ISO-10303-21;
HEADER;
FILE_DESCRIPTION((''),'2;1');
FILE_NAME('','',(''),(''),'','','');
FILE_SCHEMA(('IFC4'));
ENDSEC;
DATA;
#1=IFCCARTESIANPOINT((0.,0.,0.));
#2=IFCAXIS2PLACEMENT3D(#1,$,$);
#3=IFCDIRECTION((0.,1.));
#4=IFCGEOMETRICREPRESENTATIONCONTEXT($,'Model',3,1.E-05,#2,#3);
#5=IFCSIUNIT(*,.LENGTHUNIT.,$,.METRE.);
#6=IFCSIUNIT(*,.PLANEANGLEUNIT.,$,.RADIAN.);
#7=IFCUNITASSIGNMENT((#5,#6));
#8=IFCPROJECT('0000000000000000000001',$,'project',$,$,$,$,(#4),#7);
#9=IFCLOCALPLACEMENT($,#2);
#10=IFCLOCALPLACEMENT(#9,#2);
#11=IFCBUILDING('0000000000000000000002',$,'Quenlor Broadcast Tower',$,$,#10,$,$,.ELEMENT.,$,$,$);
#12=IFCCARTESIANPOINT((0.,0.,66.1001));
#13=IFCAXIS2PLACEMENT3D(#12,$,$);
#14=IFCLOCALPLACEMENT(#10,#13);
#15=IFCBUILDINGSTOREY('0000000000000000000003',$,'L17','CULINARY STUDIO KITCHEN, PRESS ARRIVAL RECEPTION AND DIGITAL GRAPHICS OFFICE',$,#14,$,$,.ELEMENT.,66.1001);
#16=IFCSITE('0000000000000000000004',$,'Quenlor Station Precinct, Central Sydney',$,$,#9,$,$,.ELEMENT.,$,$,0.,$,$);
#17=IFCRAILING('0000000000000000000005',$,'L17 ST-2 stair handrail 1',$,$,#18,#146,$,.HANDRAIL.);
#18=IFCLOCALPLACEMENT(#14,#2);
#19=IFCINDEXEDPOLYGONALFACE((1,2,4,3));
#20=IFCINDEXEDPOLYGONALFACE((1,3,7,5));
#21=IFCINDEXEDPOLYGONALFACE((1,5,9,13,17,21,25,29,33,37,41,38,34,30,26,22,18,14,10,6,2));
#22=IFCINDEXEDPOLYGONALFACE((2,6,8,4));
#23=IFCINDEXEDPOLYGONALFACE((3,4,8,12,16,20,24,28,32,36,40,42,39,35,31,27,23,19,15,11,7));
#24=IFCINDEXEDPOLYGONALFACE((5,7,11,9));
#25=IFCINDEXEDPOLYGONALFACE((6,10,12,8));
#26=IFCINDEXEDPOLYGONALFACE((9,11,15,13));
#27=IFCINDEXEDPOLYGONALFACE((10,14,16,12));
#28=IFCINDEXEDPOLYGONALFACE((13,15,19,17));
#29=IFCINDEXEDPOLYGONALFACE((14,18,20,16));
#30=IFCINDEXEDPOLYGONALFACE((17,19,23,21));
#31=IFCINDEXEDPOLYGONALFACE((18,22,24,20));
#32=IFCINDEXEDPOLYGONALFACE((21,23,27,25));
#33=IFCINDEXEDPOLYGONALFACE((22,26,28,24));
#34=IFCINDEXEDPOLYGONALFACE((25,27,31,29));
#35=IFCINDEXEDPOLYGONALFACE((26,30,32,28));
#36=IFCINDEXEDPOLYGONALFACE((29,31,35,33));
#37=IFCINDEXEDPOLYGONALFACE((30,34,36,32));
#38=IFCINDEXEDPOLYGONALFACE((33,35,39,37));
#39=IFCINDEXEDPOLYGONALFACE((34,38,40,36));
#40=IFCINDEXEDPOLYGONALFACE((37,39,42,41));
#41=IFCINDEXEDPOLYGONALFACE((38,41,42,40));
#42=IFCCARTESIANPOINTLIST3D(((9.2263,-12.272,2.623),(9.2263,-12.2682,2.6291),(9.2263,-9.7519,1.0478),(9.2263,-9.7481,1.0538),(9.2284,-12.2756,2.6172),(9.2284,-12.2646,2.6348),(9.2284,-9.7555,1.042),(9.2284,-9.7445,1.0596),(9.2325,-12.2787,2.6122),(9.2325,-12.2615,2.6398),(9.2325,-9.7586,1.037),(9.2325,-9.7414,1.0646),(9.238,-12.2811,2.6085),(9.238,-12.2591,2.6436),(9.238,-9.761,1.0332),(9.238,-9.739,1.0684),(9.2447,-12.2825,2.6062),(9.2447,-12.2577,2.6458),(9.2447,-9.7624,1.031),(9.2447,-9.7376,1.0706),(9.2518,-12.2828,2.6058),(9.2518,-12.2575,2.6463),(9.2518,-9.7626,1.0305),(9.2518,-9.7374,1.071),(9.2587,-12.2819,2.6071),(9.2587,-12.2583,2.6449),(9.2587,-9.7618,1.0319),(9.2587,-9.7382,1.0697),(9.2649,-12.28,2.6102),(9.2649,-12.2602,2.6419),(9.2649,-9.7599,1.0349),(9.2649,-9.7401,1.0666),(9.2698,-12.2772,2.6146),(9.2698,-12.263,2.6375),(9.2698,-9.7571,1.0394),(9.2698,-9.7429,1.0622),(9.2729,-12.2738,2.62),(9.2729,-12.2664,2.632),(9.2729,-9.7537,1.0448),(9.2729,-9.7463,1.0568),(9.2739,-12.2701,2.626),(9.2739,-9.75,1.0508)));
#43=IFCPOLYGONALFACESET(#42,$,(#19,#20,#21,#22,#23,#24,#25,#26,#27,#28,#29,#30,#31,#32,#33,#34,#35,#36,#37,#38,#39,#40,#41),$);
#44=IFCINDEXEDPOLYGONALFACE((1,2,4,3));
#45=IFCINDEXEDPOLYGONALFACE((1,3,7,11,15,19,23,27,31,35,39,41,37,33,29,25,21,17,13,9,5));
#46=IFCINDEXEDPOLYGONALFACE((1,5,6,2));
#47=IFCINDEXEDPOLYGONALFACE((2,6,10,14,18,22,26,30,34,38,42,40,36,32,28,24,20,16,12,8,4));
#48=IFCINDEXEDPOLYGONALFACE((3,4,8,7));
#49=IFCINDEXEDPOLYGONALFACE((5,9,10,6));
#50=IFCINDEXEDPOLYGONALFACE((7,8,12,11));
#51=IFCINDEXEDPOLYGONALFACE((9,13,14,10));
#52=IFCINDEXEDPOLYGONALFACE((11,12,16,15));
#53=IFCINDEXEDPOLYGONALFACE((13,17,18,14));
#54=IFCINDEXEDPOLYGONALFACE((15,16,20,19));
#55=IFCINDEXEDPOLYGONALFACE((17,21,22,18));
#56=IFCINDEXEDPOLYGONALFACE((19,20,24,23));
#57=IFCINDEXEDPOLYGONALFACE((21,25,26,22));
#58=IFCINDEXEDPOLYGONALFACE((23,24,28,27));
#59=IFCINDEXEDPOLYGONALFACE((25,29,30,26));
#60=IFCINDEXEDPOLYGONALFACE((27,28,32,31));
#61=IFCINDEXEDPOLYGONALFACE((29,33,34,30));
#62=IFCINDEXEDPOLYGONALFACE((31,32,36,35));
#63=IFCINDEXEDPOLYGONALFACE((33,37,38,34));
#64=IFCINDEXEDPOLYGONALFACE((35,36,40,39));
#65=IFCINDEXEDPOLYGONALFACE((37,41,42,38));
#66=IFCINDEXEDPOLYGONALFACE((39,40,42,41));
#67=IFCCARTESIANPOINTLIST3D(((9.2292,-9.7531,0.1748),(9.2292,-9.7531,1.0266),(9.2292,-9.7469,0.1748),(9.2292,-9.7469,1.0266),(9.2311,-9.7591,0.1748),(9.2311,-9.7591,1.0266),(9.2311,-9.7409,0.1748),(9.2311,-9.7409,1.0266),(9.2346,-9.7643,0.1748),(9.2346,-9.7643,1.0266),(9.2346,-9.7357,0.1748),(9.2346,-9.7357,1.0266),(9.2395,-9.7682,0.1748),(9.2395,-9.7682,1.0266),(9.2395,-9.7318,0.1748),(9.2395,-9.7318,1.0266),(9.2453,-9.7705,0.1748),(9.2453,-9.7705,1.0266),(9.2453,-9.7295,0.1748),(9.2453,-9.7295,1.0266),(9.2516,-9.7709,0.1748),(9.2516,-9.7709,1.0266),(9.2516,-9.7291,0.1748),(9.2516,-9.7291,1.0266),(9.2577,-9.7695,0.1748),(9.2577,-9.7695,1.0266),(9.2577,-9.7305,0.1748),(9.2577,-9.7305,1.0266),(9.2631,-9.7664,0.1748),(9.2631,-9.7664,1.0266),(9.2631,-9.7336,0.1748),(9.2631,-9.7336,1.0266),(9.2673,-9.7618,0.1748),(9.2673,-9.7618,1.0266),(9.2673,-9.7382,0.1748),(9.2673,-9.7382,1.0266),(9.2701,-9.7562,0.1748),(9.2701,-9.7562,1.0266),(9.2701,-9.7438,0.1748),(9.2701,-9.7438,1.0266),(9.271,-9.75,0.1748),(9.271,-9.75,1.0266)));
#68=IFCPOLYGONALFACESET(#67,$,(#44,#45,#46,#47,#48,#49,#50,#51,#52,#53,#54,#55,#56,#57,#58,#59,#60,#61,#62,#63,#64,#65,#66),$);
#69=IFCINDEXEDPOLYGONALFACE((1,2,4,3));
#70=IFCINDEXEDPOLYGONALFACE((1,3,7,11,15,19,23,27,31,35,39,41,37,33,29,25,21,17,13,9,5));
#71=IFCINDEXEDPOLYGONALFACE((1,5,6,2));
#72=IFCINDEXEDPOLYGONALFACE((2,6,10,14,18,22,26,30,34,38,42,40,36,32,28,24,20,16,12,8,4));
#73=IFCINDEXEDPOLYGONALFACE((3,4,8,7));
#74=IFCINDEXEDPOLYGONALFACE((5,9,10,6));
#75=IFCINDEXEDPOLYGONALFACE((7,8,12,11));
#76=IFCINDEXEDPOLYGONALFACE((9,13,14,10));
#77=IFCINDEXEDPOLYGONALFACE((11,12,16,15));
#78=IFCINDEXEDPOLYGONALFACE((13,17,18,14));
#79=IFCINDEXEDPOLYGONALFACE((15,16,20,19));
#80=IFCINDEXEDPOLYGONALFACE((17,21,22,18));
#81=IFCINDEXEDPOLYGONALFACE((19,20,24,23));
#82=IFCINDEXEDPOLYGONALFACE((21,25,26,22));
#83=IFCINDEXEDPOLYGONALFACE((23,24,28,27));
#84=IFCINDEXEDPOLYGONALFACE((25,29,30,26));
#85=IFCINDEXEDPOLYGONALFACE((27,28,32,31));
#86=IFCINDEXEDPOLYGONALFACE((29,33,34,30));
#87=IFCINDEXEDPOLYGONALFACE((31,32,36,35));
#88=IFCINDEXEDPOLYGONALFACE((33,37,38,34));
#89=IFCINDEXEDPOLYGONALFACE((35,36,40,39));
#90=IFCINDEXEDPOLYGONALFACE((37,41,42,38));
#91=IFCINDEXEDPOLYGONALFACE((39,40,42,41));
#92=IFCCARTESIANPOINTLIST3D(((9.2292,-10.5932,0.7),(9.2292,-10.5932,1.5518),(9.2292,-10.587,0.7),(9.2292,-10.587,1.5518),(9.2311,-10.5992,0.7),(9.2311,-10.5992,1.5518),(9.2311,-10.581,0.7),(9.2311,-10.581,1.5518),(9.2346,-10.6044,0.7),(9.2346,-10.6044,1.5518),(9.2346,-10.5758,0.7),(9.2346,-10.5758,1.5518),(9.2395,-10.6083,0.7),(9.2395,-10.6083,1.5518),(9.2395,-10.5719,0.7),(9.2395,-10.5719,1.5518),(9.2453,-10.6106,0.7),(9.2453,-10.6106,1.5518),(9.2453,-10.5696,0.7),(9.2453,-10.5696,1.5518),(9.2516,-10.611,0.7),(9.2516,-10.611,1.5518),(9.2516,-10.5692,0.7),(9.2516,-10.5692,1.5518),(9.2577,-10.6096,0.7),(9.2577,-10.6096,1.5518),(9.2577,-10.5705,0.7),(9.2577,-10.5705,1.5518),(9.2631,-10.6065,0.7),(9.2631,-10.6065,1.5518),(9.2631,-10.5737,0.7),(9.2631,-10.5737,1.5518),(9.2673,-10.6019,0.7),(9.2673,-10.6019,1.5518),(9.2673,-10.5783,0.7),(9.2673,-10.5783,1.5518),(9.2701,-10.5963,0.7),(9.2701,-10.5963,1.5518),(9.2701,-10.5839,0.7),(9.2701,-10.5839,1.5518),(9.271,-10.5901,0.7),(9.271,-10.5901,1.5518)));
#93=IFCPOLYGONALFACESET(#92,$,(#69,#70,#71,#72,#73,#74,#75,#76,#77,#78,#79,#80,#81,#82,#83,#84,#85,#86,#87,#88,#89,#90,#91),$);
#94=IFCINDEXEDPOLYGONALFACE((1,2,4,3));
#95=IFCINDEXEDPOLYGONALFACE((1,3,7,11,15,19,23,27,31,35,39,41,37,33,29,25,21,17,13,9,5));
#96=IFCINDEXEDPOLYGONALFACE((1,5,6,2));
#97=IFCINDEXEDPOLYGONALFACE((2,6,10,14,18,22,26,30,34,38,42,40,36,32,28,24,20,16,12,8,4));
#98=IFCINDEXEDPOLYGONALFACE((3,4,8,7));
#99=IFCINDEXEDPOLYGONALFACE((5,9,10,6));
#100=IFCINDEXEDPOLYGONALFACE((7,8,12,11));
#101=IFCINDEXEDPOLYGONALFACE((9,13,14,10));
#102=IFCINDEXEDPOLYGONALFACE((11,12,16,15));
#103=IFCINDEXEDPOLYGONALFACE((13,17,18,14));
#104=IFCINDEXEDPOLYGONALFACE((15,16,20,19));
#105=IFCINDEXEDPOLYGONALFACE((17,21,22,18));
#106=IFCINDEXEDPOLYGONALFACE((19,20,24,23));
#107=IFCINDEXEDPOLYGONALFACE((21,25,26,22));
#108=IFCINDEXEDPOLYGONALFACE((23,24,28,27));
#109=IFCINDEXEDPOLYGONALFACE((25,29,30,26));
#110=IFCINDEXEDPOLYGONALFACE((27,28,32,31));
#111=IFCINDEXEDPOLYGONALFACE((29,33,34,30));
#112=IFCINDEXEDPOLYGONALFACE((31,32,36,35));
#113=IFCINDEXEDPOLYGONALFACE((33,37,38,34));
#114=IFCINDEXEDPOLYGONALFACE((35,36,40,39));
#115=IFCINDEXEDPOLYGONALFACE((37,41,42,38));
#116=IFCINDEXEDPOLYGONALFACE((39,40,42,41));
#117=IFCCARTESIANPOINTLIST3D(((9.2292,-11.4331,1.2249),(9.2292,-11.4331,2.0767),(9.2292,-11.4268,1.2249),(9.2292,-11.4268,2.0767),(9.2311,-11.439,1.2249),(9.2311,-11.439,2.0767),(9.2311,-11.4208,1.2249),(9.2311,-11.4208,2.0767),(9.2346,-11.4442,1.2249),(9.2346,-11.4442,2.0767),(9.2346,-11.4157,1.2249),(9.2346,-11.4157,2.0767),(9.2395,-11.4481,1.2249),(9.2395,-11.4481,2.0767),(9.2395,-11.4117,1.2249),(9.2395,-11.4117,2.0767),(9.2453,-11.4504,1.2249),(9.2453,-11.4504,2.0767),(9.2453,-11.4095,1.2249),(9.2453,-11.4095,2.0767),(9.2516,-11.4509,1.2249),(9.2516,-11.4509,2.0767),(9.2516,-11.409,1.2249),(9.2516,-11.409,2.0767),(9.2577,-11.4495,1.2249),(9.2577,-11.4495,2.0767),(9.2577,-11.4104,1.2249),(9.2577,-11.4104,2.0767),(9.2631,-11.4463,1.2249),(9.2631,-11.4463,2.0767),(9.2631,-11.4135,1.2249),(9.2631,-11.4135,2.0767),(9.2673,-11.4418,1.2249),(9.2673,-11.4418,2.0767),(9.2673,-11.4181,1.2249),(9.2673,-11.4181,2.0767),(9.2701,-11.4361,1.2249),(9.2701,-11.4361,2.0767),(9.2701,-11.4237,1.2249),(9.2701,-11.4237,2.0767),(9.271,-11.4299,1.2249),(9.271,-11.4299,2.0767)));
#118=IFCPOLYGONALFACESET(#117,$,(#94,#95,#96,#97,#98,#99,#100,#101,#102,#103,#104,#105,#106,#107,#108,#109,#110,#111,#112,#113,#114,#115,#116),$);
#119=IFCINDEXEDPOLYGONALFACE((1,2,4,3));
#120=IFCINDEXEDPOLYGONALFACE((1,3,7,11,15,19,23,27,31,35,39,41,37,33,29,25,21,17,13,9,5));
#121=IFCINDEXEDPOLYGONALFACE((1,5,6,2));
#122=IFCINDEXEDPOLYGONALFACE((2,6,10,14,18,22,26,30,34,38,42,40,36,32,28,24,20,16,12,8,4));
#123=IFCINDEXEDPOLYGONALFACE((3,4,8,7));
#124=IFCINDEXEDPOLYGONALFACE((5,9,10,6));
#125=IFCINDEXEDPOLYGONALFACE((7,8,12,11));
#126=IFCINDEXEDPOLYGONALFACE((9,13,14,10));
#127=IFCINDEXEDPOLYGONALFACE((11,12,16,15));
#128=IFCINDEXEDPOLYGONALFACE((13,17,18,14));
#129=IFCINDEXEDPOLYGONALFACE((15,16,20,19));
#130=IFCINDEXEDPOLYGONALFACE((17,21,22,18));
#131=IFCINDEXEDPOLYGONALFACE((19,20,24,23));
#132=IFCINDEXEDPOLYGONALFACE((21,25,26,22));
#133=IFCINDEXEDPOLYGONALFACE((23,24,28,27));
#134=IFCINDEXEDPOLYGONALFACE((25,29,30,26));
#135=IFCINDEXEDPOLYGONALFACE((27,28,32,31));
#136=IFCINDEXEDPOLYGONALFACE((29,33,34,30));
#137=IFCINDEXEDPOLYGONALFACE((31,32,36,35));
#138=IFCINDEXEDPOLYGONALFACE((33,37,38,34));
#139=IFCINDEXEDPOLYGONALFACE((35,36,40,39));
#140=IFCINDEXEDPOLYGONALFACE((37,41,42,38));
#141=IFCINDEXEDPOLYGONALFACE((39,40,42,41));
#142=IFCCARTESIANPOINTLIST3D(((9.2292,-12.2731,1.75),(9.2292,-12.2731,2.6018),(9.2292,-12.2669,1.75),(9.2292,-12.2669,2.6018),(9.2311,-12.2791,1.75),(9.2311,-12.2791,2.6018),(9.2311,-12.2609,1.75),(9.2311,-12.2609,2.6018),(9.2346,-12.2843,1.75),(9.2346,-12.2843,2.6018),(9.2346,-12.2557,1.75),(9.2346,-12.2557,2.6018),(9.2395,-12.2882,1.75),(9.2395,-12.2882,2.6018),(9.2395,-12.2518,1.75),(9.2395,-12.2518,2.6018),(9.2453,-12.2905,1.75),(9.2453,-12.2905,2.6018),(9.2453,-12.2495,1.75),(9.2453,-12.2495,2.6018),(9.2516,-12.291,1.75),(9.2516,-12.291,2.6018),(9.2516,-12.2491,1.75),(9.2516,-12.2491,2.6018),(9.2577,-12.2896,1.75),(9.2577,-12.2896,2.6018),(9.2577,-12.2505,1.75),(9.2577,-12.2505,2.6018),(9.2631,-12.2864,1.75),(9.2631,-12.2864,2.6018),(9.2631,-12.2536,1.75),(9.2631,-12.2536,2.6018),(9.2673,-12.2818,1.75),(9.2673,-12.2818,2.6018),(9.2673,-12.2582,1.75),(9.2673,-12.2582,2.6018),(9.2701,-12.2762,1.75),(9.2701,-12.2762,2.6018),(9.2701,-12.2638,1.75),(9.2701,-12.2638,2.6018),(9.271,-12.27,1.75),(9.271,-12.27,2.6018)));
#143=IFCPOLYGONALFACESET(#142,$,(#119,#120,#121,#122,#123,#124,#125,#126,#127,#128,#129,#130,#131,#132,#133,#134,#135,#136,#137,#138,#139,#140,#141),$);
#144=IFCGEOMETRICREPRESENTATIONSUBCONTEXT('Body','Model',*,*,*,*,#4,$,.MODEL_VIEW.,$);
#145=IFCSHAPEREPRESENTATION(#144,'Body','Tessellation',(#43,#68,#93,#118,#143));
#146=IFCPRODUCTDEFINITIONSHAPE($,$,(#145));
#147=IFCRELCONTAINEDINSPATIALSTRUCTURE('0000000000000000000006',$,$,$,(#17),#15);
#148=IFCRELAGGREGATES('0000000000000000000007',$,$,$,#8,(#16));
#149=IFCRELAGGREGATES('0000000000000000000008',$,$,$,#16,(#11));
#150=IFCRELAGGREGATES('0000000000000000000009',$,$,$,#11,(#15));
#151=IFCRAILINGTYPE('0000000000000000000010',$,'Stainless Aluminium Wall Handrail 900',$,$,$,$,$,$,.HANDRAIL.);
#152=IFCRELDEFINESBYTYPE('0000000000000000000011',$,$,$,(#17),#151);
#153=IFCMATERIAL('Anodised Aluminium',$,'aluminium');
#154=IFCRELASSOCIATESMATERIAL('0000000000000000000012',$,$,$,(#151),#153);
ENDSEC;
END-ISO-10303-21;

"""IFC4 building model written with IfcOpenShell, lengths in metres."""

from ifc_helpers import new_model, si_unit, direction, frame, origin, origin_2d, place, context, subcontext, project, spatial, circle, extrude, material, type_object, element, save


model = new_model("IFC4")

# Units and contexts
model_context = context("Model", 3, precision=1e-05, world=origin(), true_north=direction((0.0, 1.0)))
body_context = subcontext(model_context, "Body", "Model", "MODEL_VIEW")
ifc_project = project(units=[si_unit("LENGTHUNIT", "METRE"), si_unit("PLANEANGLEUNIT", "RADIAN")], contexts=[model_context])

# Site, building, storey
site_placement = place(None, origin())
site = spatial("IfcSite", under=ifc_project, at=site_placement, Name="Quenlor Station Precinct, Central Sydney", CompositionType="ELEMENT", RefElevation=0.0)
building_placement = place(site_placement, origin())
building = spatial("IfcBuilding", under=site, at=building_placement, Name="Quenlor Broadcast Tower", CompositionType="ELEMENT")
storey_placement = place(building_placement, frame((0.0, 0.0, 66.1001)))
storey = spatial("IfcBuildingStorey", under=building, at=storey_placement, Name="L17", Description="CULINARY STUDIO KITCHEN, PRESS ARRIVAL RECEPTION AND DIGITAL GRAPHICS OFFICE", CompositionType="ELEMENT", Elevation=66.1001)

# Railing
ifc_material_1 = material(Name="Anodised Aluminium", Category="aluminium")
railing_type_1 = type_object("IfcRailingType", Name="Stainless Aluminium Wall Handrail 900", PredefinedType="HANDRAIL", material=ifc_material_1)
railing_1_placement = place(storey_placement, frame((9.25, -9.75, 0.1748)))
element("IfcRailing", 1, at=railing_1_placement, inside=storey, type_object=railing_type_1, Name="L17 ST-2 stair handrail 1", PredefinedType="HANDRAIL", context=body_context, shape_type="SweptSolid", body=[
    extrude(circle(Radius=0.0239, at=origin_2d()), frame((0.0, 0.0, 0.876), z_axis=(0.0, -0.847971, 0.530043), x_axis=(1.0, 0.0, 0.0)), (0.0, 0.0, 1.0), 2.9719),
    extrude(circle(Radius=0.021, at=origin_2d()), origin(), (0.0, 0.0, 1.0), 0.8518),
    extrude(circle(Radius=0.021, at=origin_2d()), frame((0.0, -0.8401, 0.5251)), (0.0, 0.0, 1.0), 0.8518),
    extrude(circle(Radius=0.021, at=origin_2d()), frame((0.0, -1.6799, 1.05)), (0.0, 0.0, 1.0), 0.8518),
    extrude(circle(Radius=0.021, at=origin_2d()), frame((0.0, -2.52, 1.5752)), (0.0, 0.0, 1.0), 0.8518),
])

save(model, "model.ifc")
